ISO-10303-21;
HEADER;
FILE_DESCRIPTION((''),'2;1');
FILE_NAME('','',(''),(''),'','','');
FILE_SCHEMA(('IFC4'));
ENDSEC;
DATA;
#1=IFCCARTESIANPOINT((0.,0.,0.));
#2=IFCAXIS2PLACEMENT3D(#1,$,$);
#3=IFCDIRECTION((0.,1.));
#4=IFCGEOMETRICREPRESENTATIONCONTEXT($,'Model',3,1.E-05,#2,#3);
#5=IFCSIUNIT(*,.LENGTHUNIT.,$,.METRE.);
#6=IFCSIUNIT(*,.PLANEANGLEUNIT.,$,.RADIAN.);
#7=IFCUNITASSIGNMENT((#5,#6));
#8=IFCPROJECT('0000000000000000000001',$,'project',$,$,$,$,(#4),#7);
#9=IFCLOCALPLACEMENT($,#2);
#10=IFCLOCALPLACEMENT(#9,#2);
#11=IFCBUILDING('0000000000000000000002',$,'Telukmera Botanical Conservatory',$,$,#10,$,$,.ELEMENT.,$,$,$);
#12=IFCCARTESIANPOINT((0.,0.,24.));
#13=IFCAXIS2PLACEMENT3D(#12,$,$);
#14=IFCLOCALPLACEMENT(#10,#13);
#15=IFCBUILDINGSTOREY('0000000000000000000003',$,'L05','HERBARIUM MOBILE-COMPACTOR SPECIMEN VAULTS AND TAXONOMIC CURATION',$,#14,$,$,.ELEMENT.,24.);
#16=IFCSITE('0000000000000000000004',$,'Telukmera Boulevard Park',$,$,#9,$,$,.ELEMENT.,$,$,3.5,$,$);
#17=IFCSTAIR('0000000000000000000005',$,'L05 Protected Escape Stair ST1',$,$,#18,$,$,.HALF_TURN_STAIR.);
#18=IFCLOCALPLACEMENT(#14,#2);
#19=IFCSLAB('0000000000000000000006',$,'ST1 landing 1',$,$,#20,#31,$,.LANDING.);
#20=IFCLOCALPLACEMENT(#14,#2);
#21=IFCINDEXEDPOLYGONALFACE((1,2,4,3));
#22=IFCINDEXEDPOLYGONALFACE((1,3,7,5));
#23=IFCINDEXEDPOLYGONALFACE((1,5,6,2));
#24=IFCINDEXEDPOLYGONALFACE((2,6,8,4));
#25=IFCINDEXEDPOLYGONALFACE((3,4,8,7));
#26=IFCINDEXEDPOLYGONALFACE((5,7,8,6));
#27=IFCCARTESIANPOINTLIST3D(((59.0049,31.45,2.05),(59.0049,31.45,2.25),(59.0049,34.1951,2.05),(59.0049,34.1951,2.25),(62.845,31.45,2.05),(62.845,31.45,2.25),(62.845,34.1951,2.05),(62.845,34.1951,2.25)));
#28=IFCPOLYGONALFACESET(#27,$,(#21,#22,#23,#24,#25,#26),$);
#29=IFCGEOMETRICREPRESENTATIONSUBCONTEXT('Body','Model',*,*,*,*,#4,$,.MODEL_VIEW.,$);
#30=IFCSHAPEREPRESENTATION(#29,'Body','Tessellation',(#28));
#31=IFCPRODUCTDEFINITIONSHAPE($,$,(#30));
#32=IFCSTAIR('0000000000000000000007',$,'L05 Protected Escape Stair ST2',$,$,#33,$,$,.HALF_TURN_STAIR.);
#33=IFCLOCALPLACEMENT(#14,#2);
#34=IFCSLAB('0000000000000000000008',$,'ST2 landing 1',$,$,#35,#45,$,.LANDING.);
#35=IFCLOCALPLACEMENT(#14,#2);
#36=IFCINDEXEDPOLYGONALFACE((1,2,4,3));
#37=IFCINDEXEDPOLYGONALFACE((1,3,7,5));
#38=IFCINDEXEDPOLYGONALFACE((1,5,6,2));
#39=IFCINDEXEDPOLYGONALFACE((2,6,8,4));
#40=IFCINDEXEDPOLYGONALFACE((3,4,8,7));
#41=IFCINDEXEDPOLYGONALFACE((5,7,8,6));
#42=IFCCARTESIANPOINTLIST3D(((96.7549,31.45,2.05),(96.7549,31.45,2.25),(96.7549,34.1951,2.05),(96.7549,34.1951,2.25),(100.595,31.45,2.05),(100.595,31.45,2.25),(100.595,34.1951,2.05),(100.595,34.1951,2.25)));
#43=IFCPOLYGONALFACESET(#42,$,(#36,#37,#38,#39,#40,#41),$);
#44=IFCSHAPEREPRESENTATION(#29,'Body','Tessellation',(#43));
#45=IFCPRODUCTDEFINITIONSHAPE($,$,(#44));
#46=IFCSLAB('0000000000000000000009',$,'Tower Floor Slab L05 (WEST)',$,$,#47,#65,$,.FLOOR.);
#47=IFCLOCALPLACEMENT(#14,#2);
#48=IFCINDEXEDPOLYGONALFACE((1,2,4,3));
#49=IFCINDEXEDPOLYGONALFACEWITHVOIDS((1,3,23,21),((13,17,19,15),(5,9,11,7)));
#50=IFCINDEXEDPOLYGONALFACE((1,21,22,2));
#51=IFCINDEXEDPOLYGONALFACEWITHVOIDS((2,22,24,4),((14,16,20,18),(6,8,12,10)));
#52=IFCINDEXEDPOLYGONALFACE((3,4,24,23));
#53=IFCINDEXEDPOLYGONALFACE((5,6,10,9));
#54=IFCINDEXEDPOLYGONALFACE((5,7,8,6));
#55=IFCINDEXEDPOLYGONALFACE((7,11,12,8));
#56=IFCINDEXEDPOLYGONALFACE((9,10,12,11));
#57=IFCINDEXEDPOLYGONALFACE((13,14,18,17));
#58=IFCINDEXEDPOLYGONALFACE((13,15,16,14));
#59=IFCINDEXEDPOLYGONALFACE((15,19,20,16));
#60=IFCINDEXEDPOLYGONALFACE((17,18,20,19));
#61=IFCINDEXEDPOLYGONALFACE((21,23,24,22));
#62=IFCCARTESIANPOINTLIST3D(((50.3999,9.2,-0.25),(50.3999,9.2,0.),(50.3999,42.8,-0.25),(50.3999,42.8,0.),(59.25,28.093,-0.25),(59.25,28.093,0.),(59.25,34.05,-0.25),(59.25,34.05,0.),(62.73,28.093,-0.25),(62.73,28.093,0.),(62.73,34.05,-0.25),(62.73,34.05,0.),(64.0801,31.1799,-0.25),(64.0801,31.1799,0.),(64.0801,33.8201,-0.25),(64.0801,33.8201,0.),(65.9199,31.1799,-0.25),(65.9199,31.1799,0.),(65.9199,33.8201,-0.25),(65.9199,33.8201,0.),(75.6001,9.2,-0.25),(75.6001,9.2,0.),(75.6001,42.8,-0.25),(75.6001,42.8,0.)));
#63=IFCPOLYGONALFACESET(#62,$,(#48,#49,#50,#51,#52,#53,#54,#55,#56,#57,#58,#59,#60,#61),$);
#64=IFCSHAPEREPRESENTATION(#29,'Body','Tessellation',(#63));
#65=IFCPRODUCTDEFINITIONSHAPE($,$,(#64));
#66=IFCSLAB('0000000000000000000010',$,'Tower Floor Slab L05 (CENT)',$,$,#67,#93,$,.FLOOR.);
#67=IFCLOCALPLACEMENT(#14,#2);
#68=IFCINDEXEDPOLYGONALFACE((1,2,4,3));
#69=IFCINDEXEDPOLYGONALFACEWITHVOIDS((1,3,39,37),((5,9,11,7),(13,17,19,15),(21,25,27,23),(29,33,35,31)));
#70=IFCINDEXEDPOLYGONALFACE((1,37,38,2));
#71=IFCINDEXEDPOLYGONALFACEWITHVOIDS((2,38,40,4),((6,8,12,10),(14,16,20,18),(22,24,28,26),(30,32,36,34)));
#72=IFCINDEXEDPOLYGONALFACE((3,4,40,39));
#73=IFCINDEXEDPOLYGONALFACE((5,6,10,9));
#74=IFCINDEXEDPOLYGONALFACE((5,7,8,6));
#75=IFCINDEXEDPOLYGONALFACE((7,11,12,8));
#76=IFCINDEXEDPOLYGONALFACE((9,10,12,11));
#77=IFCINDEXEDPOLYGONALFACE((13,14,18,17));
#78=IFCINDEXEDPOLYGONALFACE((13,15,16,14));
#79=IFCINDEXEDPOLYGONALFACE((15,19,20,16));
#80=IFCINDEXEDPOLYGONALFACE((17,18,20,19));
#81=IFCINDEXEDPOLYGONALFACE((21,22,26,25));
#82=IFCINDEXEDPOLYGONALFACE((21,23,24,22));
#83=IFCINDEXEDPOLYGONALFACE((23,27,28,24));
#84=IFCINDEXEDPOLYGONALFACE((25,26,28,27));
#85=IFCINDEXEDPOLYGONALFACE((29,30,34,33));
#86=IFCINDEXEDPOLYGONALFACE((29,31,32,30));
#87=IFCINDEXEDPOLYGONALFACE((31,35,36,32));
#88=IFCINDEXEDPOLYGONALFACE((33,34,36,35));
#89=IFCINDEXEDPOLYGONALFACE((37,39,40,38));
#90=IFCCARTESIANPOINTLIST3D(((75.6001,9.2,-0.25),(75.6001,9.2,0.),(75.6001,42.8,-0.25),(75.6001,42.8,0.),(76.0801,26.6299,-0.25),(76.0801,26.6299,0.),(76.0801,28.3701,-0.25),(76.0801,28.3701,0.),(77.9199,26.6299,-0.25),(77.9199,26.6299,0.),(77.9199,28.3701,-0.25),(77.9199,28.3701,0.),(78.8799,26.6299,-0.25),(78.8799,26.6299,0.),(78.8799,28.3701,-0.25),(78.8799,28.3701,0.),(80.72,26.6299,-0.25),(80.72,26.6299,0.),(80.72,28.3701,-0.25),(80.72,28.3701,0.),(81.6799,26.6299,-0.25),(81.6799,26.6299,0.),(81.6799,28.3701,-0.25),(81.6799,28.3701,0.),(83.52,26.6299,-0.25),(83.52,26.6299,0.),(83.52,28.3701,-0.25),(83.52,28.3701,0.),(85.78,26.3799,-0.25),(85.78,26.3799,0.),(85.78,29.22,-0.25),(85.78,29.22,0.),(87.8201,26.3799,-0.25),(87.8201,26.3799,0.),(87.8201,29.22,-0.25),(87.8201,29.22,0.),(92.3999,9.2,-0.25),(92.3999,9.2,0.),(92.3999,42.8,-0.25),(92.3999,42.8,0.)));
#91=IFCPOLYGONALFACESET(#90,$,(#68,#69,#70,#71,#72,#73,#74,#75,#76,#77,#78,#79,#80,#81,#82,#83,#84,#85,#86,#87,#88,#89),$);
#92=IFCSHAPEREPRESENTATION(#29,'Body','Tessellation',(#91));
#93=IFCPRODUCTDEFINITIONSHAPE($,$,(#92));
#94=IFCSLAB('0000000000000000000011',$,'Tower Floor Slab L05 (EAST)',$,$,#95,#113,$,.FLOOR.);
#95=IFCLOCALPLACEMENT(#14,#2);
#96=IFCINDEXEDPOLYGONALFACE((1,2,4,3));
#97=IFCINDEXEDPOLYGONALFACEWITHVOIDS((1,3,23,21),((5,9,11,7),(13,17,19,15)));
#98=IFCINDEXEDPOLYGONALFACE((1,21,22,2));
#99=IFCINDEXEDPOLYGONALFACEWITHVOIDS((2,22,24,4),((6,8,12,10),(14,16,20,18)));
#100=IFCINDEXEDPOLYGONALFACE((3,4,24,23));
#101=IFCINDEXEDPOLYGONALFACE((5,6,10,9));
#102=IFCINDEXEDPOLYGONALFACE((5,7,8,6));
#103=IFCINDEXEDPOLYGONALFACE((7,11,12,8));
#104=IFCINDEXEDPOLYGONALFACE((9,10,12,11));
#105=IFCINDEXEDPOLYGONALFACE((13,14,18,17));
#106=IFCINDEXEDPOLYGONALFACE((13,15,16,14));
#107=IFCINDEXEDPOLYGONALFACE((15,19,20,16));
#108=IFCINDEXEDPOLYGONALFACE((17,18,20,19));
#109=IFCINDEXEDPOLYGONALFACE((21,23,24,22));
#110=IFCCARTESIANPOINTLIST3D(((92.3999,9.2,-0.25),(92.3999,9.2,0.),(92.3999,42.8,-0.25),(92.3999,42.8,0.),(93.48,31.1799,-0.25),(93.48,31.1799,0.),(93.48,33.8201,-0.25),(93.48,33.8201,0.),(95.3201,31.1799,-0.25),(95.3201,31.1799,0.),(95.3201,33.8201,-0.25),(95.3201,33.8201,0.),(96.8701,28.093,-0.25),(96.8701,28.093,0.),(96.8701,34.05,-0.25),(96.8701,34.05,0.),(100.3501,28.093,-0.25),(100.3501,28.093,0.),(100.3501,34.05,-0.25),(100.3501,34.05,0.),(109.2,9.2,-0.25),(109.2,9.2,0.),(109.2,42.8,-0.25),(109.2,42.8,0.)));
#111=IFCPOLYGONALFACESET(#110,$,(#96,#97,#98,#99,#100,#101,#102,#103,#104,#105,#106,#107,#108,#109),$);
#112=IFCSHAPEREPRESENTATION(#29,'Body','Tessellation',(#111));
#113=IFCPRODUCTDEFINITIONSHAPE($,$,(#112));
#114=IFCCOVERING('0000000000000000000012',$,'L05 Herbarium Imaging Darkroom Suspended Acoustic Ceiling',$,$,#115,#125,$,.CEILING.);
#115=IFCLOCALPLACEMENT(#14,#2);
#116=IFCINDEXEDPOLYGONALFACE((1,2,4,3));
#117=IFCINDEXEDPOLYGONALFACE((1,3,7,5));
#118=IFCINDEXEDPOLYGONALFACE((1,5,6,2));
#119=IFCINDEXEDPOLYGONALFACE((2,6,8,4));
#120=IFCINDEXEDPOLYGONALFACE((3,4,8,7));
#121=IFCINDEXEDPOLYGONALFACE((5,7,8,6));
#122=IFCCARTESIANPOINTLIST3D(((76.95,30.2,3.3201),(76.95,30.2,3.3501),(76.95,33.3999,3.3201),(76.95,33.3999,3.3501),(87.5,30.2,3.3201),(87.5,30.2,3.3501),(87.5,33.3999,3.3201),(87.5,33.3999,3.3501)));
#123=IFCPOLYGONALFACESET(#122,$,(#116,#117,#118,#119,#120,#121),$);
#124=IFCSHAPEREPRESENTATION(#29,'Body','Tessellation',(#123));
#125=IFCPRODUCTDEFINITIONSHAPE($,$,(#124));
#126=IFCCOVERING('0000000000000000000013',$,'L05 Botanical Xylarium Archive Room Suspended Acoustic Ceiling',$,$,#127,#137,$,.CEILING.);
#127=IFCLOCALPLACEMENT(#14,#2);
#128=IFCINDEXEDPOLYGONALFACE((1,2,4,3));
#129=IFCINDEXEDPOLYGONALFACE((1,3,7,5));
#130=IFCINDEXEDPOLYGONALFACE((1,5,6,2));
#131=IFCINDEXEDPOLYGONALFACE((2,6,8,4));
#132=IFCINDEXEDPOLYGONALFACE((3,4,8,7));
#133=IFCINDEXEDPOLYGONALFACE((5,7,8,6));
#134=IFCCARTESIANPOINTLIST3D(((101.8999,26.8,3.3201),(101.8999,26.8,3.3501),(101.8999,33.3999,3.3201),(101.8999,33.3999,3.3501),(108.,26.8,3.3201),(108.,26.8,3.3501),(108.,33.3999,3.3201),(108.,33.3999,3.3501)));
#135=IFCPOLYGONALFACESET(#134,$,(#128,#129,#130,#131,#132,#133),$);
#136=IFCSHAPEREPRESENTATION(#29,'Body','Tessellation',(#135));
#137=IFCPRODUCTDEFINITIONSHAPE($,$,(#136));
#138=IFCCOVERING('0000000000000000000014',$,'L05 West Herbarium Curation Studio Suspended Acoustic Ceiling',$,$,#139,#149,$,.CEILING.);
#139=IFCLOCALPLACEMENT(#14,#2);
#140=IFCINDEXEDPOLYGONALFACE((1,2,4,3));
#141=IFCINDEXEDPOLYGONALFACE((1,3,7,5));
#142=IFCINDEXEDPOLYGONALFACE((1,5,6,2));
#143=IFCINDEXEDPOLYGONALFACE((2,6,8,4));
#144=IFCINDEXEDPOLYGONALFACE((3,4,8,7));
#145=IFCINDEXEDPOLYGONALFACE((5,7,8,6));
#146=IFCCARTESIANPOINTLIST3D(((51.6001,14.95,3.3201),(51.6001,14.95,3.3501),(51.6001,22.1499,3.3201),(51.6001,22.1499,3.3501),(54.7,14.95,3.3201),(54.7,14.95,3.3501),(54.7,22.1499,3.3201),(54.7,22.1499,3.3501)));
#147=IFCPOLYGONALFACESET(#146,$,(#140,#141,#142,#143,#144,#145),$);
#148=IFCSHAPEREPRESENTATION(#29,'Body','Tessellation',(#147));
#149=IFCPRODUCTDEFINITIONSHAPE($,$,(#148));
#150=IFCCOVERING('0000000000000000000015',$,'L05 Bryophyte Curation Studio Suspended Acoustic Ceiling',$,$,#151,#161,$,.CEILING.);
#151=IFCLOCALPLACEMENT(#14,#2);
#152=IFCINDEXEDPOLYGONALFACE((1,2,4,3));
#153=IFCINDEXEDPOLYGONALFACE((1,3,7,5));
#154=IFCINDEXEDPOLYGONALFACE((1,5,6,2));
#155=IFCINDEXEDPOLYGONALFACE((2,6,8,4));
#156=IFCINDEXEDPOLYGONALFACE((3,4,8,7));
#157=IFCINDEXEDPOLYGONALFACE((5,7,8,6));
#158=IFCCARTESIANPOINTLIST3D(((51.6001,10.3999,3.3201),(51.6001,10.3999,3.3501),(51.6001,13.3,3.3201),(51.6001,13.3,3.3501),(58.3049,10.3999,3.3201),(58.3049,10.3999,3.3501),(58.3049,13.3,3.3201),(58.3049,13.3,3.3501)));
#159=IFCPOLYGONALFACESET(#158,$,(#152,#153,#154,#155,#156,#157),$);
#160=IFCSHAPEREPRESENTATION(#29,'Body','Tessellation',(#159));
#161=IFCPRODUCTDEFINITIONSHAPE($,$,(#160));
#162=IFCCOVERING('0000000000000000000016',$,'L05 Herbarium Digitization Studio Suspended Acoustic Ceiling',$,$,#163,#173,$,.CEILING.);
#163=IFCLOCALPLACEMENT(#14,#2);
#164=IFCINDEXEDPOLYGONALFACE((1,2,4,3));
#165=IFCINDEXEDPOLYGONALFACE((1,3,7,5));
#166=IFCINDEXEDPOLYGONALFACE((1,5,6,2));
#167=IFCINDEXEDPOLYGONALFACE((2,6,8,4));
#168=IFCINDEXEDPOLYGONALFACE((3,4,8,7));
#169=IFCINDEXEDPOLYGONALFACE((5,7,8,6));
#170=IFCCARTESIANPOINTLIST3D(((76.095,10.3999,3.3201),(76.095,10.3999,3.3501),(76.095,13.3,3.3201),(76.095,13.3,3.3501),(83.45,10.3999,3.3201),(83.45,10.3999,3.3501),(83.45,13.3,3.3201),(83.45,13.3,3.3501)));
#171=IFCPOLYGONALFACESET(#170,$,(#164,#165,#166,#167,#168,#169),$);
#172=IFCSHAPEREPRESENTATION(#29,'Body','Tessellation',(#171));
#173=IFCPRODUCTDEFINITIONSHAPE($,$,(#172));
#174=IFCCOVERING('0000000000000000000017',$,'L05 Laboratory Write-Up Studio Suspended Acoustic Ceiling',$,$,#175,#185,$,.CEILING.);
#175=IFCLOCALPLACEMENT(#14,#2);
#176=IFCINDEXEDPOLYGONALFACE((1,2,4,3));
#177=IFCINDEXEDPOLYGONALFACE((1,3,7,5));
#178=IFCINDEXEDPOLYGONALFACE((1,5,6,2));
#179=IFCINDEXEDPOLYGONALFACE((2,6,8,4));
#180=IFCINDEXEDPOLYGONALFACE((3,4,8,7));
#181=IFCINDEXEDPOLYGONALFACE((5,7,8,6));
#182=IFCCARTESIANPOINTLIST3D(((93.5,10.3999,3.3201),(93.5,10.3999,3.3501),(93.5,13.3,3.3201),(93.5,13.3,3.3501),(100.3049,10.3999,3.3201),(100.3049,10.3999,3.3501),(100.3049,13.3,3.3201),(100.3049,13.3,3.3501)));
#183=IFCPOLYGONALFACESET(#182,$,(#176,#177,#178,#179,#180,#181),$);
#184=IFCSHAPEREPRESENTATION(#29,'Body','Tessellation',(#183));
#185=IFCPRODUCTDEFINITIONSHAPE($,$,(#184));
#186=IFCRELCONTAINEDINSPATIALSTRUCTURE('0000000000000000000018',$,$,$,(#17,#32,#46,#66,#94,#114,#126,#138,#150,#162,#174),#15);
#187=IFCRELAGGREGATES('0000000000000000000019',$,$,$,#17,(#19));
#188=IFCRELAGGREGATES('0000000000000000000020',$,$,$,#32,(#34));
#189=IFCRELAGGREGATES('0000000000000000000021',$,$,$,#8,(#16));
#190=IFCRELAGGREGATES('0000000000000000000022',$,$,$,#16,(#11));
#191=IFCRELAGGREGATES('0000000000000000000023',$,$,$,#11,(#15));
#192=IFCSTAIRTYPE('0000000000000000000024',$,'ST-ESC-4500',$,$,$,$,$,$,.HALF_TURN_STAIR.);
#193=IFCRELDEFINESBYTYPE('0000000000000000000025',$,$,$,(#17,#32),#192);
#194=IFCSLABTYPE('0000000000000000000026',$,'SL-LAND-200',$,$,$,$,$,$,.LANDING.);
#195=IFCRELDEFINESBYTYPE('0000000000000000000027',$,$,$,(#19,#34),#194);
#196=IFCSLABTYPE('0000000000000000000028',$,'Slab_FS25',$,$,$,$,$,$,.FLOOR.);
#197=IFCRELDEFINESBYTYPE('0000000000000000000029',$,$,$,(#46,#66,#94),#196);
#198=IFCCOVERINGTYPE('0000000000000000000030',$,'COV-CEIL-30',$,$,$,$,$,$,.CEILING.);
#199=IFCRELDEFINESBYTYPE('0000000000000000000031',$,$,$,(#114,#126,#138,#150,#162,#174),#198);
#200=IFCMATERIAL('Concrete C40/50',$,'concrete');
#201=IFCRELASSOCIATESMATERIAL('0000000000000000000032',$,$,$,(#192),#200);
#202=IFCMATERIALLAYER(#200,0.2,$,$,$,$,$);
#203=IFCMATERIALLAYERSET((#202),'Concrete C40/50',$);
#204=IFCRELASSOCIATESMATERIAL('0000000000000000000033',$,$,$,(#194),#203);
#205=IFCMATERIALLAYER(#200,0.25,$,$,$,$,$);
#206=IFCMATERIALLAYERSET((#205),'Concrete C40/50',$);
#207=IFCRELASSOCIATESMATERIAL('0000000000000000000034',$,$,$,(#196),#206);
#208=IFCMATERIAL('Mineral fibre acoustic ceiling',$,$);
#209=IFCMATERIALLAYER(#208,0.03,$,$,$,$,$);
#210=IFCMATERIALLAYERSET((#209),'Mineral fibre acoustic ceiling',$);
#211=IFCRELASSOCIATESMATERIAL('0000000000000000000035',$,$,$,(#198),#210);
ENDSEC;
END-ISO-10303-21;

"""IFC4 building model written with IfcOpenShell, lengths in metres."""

from ifc_helpers import new_model, si_unit, direction, frame, origin, place, context, subcontext, project, spatial, polyline, outline, extrude, material, layer, layer_set, type_object, element, aggregate, save


model = new_model("IFC4")

# Units and contexts
model_context = context("Model", 3, precision=1e-05, world=origin(), true_north=direction((0.0, 1.0)))
body_context = subcontext(model_context, "Body", "Model", "MODEL_VIEW")
ifc_project = project(units=[si_unit("LENGTHUNIT", "METRE"), si_unit("PLANEANGLEUNIT", "RADIAN")], contexts=[model_context])

# Site, building, storey
site_placement = place(None, origin())
site = spatial("IfcSite", under=ifc_project, at=site_placement, Name="Telukmera Boulevard Park", CompositionType="ELEMENT", RefElevation=3.5)
building_placement = place(site_placement, origin())
building = spatial("IfcBuilding", under=site, at=building_placement, Name="Telukmera Botanical Conservatory", CompositionType="ELEMENT")
storey_placement = place(building_placement, frame((0.0, 0.0, 24.0)))
storey = spatial("IfcBuildingStorey", under=building, at=storey_placement, Name="L05", Description="HERBARIUM MOBILE-COMPACTOR SPECIMEN VAULTS AND TAXONOMIC CURATION", CompositionType="ELEMENT", Elevation=24.0)

# Stairs, slabs
ifc_material_1 = material(Name="Concrete C40/50", Category="concrete")
stair_type = type_object("IfcStairType", Name="ST-ESC-4500", PredefinedType="HALF_TURN_STAIR", material=ifc_material_1)
stair_1_placement = place(storey_placement, origin())
stair_1 = element("IfcStair", 1, at=stair_1_placement, inside=storey, type_object=stair_type, Name="L05 Protected Escape Stair ST1", PredefinedType="HALF_TURN_STAIR")
ifc_layer_1 = layer(ifc_material_1, 0.2)
ifc_layer_set_1 = layer_set([ifc_layer_1], Name="Concrete C40/50")
slab_type_1 = type_object("IfcSlabType", Name="SL-LAND-200", PredefinedType="LANDING", material=ifc_layer_set_1)
slab_1_placement = place(storey_placement, frame((0.0, 0.0, 2.05)))
slab_1 = element("IfcSlab", 2, at=slab_1_placement, type_object=slab_type_1, Name="ST1 landing 1", PredefinedType="LANDING", context=body_context, shape_type="SweptSolid", body=[
    extrude(outline(polyline([(59.0049, 31.45), (62.845, 31.45), (62.845, 34.1951), (59.0049, 34.1951), (59.0049, 31.45)])), origin(), (0.0, 0.0, 1.0), 0.2),
])
aggregate(stair_1, [slab_1])
stair_2_placement = place(storey_placement, origin())
stair_2 = element("IfcStair", 3, at=stair_2_placement, inside=storey, type_object=stair_type, Name="L05 Protected Escape Stair ST2", PredefinedType="HALF_TURN_STAIR")
slab_2_placement = place(storey_placement, frame((0.0, 0.0, 2.05)))
slab_2 = element("IfcSlab", 4, at=slab_2_placement, type_object=slab_type_1, Name="ST2 landing 1", PredefinedType="LANDING", context=body_context, shape_type="SweptSolid", body=[
    extrude(outline(polyline([(96.7549, 31.45), (100.595, 31.45), (100.595, 34.1951), (96.7549, 34.1951), (96.7549, 31.45)])), origin(), (0.0, 0.0, 1.0), 0.2),
])
aggregate(stair_2, [slab_2])

# Slabs
ifc_layer_2 = layer(ifc_material_1, 0.25)
ifc_layer_set_2 = layer_set([ifc_layer_2], Name="Concrete C40/50")
slab_type_2 = type_object("IfcSlabType", Name="Slab_FS25", PredefinedType="FLOOR", material=ifc_layer_set_2)
slab_3_placement = place(storey_placement, frame((0.0, 0.0, -0.25)))
element("IfcSlab", 5, at=slab_3_placement, inside=storey, type_object=slab_type_2, Name="Tower Floor Slab L05 (WEST)", PredefinedType="FLOOR", context=body_context, shape_type="SweptSolid", body=[
    extrude(outline(polyline([(50.3999, 9.2), (75.6001, 9.2), (75.6001, 42.8), (50.3999, 42.8), (50.3999, 9.2)]), holes=[polyline([(62.73, 28.093), (62.73, 34.05), (59.25, 34.05), (59.25, 28.093), (62.73, 28.093)]), polyline([(64.0801, 31.1799), (65.9199, 31.1799), (65.9199, 33.8201), (64.0801, 33.8201), (64.0801, 31.1799)])]), origin(), (0.0, 0.0, 1.0), 0.25),
])
slab_4_placement = place(storey_placement, frame((0.0, 0.0, -0.25)))
element("IfcSlab", 6, at=slab_4_placement, inside=storey, type_object=slab_type_2, Name="Tower Floor Slab L05 (CENT)", PredefinedType="FLOOR", context=body_context, shape_type="SweptSolid", body=[
    extrude(outline(polyline([(75.6001, 9.2), (92.3999, 9.2), (92.3999, 42.8), (75.6001, 42.8), (75.6001, 9.2)]), holes=[polyline([(85.78, 26.3799), (87.8201, 26.3799), (87.8201, 29.22), (85.78, 29.22), (85.78, 26.3799)]), polyline([(76.0801, 26.6299), (77.9199, 26.6299), (77.9199, 28.3701), (76.0801, 28.3701), (76.0801, 26.6299)]), polyline([(78.8799, 26.6299), (80.72, 26.6299), (80.72, 28.3701), (78.8799, 28.3701), (78.8799, 26.6299)]), polyline([(81.6799, 26.6299), (83.52, 26.6299), (83.52, 28.3701), (81.6799, 28.3701), (81.6799, 26.6299)])]), origin(), (0.0, 0.0, 1.0), 0.25),
])
slab_5_placement = place(storey_placement, frame((0.0, 0.0, -0.25)))
element("IfcSlab", 7, at=slab_5_placement, inside=storey, type_object=slab_type_2, Name="Tower Floor Slab L05 (EAST)", PredefinedType="FLOOR", context=body_context, shape_type="SweptSolid", body=[
    extrude(outline(polyline([(92.3999, 9.2), (109.2, 9.2), (109.2, 42.8), (92.3999, 42.8), (92.3999, 9.2)]), holes=[polyline([(100.3501, 28.093), (100.3501, 34.05), (96.8701, 34.05), (96.8701, 28.093), (100.3501, 28.093)]), polyline([(93.48, 31.1799), (95.3201, 31.1799), (95.3201, 33.8201), (93.48, 33.8201), (93.48, 31.1799)])]), origin(), (0.0, 0.0, 1.0), 0.25),
])

# Coverings
ifc_material_2 = material(Name="Mineral fibre acoustic ceiling")
ifc_layer_3 = layer(ifc_material_2, 0.03)
ifc_layer_set_3 = layer_set([ifc_layer_3], Name="Mineral fibre acoustic ceiling")
covering_type_1 = type_object("IfcCoveringType", Name="COV-CEIL-30", PredefinedType="CEILING", material=ifc_layer_set_3)
covering_1_placement = place(storey_placement, frame((0.0, 0.0, 3.3201)))
element("IfcCovering", 8, at=covering_1_placement, inside=storey, type_object=covering_type_1, Name="L05 Herbarium Imaging Darkroom Suspended Acoustic Ceiling", PredefinedType="CEILING", context=body_context, shape_type="SweptSolid", body=[
    extrude(outline(polyline([(76.95, 30.2), (87.5, 30.2), (87.5, 33.3999), (76.95, 33.3999), (76.95, 30.2)])), origin(), (0.0, 0.0, 1.0), 0.03),
])
covering_2_placement = place(storey_placement, frame((0.0, 0.0, 3.3201)))
element("IfcCovering", 9, at=covering_2_placement, inside=storey, type_object=covering_type_1, Name="L05 Botanical Xylarium Archive Room Suspended Acoustic Ceiling", PredefinedType="CEILING", context=body_context, shape_type="SweptSolid", body=[
    extrude(outline(polyline([(101.8999, 26.8), (108.0, 26.8), (108.0, 33.3999), (101.8999, 33.3999), (101.8999, 26.8)])), origin(), (0.0, 0.0, 1.0), 0.03),
])
covering_3_placement = place(storey_placement, frame((0.0, 0.0, 3.3201)))
element("IfcCovering", 10, at=covering_3_placement, inside=storey, type_object=covering_type_1, Name="L05 West Herbarium Curation Studio Suspended Acoustic Ceiling", PredefinedType="CEILING", context=body_context, shape_type="SweptSolid", body=[
    extrude(outline(polyline([(51.6001, 14.95), (54.7, 14.95), (54.7, 22.1499), (51.6001, 22.1499), (51.6001, 14.95)])), origin(), (0.0, 0.0, 1.0), 0.03),
])
covering_4_placement = place(storey_placement, frame((0.0, 0.0, 3.3201)))
element("IfcCovering", 11, at=covering_4_placement, inside=storey, type_object=covering_type_1, Name="L05 Bryophyte Curation Studio Suspended Acoustic Ceiling", PredefinedType="CEILING", context=body_context, shape_type="SweptSolid", body=[
    extrude(outline(polyline([(51.6001, 10.3999), (58.3049, 10.3999), (58.3049, 13.3), (51.6001, 13.3), (51.6001, 10.3999)])), origin(), (0.0, 0.0, 1.0), 0.03),
])
covering_5_placement = place(storey_placement, frame((0.0, 0.0, 3.3201)))
element("IfcCovering", 12, at=covering_5_placement, inside=storey, type_object=covering_type_1, Name="L05 Herbarium Digitization Studio Suspended Acoustic Ceiling", PredefinedType="CEILING", context=body_context, shape_type="SweptSolid", body=[
    extrude(outline(polyline([(76.095, 10.3999), (83.45, 10.3999), (83.45, 13.3), (76.095, 13.3), (76.095, 10.3999)])), origin(), (0.0, 0.0, 1.0), 0.03),
])
covering_6_placement = place(storey_placement, frame((0.0, 0.0, 3.3201)))
element("IfcCovering", 13, at=covering_6_placement, inside=storey, type_object=covering_type_1, Name="L05 Laboratory Write-Up Studio Suspended Acoustic Ceiling", PredefinedType="CEILING", context=body_context, shape_type="SweptSolid", body=[
    extrude(outline(polyline([(93.5, 10.3999), (100.3049, 10.3999), (100.3049, 13.3), (93.5, 13.3), (93.5, 10.3999)])), origin(), (0.0, 0.0, 1.0), 0.03),
])

save(model, "model.ifc")
